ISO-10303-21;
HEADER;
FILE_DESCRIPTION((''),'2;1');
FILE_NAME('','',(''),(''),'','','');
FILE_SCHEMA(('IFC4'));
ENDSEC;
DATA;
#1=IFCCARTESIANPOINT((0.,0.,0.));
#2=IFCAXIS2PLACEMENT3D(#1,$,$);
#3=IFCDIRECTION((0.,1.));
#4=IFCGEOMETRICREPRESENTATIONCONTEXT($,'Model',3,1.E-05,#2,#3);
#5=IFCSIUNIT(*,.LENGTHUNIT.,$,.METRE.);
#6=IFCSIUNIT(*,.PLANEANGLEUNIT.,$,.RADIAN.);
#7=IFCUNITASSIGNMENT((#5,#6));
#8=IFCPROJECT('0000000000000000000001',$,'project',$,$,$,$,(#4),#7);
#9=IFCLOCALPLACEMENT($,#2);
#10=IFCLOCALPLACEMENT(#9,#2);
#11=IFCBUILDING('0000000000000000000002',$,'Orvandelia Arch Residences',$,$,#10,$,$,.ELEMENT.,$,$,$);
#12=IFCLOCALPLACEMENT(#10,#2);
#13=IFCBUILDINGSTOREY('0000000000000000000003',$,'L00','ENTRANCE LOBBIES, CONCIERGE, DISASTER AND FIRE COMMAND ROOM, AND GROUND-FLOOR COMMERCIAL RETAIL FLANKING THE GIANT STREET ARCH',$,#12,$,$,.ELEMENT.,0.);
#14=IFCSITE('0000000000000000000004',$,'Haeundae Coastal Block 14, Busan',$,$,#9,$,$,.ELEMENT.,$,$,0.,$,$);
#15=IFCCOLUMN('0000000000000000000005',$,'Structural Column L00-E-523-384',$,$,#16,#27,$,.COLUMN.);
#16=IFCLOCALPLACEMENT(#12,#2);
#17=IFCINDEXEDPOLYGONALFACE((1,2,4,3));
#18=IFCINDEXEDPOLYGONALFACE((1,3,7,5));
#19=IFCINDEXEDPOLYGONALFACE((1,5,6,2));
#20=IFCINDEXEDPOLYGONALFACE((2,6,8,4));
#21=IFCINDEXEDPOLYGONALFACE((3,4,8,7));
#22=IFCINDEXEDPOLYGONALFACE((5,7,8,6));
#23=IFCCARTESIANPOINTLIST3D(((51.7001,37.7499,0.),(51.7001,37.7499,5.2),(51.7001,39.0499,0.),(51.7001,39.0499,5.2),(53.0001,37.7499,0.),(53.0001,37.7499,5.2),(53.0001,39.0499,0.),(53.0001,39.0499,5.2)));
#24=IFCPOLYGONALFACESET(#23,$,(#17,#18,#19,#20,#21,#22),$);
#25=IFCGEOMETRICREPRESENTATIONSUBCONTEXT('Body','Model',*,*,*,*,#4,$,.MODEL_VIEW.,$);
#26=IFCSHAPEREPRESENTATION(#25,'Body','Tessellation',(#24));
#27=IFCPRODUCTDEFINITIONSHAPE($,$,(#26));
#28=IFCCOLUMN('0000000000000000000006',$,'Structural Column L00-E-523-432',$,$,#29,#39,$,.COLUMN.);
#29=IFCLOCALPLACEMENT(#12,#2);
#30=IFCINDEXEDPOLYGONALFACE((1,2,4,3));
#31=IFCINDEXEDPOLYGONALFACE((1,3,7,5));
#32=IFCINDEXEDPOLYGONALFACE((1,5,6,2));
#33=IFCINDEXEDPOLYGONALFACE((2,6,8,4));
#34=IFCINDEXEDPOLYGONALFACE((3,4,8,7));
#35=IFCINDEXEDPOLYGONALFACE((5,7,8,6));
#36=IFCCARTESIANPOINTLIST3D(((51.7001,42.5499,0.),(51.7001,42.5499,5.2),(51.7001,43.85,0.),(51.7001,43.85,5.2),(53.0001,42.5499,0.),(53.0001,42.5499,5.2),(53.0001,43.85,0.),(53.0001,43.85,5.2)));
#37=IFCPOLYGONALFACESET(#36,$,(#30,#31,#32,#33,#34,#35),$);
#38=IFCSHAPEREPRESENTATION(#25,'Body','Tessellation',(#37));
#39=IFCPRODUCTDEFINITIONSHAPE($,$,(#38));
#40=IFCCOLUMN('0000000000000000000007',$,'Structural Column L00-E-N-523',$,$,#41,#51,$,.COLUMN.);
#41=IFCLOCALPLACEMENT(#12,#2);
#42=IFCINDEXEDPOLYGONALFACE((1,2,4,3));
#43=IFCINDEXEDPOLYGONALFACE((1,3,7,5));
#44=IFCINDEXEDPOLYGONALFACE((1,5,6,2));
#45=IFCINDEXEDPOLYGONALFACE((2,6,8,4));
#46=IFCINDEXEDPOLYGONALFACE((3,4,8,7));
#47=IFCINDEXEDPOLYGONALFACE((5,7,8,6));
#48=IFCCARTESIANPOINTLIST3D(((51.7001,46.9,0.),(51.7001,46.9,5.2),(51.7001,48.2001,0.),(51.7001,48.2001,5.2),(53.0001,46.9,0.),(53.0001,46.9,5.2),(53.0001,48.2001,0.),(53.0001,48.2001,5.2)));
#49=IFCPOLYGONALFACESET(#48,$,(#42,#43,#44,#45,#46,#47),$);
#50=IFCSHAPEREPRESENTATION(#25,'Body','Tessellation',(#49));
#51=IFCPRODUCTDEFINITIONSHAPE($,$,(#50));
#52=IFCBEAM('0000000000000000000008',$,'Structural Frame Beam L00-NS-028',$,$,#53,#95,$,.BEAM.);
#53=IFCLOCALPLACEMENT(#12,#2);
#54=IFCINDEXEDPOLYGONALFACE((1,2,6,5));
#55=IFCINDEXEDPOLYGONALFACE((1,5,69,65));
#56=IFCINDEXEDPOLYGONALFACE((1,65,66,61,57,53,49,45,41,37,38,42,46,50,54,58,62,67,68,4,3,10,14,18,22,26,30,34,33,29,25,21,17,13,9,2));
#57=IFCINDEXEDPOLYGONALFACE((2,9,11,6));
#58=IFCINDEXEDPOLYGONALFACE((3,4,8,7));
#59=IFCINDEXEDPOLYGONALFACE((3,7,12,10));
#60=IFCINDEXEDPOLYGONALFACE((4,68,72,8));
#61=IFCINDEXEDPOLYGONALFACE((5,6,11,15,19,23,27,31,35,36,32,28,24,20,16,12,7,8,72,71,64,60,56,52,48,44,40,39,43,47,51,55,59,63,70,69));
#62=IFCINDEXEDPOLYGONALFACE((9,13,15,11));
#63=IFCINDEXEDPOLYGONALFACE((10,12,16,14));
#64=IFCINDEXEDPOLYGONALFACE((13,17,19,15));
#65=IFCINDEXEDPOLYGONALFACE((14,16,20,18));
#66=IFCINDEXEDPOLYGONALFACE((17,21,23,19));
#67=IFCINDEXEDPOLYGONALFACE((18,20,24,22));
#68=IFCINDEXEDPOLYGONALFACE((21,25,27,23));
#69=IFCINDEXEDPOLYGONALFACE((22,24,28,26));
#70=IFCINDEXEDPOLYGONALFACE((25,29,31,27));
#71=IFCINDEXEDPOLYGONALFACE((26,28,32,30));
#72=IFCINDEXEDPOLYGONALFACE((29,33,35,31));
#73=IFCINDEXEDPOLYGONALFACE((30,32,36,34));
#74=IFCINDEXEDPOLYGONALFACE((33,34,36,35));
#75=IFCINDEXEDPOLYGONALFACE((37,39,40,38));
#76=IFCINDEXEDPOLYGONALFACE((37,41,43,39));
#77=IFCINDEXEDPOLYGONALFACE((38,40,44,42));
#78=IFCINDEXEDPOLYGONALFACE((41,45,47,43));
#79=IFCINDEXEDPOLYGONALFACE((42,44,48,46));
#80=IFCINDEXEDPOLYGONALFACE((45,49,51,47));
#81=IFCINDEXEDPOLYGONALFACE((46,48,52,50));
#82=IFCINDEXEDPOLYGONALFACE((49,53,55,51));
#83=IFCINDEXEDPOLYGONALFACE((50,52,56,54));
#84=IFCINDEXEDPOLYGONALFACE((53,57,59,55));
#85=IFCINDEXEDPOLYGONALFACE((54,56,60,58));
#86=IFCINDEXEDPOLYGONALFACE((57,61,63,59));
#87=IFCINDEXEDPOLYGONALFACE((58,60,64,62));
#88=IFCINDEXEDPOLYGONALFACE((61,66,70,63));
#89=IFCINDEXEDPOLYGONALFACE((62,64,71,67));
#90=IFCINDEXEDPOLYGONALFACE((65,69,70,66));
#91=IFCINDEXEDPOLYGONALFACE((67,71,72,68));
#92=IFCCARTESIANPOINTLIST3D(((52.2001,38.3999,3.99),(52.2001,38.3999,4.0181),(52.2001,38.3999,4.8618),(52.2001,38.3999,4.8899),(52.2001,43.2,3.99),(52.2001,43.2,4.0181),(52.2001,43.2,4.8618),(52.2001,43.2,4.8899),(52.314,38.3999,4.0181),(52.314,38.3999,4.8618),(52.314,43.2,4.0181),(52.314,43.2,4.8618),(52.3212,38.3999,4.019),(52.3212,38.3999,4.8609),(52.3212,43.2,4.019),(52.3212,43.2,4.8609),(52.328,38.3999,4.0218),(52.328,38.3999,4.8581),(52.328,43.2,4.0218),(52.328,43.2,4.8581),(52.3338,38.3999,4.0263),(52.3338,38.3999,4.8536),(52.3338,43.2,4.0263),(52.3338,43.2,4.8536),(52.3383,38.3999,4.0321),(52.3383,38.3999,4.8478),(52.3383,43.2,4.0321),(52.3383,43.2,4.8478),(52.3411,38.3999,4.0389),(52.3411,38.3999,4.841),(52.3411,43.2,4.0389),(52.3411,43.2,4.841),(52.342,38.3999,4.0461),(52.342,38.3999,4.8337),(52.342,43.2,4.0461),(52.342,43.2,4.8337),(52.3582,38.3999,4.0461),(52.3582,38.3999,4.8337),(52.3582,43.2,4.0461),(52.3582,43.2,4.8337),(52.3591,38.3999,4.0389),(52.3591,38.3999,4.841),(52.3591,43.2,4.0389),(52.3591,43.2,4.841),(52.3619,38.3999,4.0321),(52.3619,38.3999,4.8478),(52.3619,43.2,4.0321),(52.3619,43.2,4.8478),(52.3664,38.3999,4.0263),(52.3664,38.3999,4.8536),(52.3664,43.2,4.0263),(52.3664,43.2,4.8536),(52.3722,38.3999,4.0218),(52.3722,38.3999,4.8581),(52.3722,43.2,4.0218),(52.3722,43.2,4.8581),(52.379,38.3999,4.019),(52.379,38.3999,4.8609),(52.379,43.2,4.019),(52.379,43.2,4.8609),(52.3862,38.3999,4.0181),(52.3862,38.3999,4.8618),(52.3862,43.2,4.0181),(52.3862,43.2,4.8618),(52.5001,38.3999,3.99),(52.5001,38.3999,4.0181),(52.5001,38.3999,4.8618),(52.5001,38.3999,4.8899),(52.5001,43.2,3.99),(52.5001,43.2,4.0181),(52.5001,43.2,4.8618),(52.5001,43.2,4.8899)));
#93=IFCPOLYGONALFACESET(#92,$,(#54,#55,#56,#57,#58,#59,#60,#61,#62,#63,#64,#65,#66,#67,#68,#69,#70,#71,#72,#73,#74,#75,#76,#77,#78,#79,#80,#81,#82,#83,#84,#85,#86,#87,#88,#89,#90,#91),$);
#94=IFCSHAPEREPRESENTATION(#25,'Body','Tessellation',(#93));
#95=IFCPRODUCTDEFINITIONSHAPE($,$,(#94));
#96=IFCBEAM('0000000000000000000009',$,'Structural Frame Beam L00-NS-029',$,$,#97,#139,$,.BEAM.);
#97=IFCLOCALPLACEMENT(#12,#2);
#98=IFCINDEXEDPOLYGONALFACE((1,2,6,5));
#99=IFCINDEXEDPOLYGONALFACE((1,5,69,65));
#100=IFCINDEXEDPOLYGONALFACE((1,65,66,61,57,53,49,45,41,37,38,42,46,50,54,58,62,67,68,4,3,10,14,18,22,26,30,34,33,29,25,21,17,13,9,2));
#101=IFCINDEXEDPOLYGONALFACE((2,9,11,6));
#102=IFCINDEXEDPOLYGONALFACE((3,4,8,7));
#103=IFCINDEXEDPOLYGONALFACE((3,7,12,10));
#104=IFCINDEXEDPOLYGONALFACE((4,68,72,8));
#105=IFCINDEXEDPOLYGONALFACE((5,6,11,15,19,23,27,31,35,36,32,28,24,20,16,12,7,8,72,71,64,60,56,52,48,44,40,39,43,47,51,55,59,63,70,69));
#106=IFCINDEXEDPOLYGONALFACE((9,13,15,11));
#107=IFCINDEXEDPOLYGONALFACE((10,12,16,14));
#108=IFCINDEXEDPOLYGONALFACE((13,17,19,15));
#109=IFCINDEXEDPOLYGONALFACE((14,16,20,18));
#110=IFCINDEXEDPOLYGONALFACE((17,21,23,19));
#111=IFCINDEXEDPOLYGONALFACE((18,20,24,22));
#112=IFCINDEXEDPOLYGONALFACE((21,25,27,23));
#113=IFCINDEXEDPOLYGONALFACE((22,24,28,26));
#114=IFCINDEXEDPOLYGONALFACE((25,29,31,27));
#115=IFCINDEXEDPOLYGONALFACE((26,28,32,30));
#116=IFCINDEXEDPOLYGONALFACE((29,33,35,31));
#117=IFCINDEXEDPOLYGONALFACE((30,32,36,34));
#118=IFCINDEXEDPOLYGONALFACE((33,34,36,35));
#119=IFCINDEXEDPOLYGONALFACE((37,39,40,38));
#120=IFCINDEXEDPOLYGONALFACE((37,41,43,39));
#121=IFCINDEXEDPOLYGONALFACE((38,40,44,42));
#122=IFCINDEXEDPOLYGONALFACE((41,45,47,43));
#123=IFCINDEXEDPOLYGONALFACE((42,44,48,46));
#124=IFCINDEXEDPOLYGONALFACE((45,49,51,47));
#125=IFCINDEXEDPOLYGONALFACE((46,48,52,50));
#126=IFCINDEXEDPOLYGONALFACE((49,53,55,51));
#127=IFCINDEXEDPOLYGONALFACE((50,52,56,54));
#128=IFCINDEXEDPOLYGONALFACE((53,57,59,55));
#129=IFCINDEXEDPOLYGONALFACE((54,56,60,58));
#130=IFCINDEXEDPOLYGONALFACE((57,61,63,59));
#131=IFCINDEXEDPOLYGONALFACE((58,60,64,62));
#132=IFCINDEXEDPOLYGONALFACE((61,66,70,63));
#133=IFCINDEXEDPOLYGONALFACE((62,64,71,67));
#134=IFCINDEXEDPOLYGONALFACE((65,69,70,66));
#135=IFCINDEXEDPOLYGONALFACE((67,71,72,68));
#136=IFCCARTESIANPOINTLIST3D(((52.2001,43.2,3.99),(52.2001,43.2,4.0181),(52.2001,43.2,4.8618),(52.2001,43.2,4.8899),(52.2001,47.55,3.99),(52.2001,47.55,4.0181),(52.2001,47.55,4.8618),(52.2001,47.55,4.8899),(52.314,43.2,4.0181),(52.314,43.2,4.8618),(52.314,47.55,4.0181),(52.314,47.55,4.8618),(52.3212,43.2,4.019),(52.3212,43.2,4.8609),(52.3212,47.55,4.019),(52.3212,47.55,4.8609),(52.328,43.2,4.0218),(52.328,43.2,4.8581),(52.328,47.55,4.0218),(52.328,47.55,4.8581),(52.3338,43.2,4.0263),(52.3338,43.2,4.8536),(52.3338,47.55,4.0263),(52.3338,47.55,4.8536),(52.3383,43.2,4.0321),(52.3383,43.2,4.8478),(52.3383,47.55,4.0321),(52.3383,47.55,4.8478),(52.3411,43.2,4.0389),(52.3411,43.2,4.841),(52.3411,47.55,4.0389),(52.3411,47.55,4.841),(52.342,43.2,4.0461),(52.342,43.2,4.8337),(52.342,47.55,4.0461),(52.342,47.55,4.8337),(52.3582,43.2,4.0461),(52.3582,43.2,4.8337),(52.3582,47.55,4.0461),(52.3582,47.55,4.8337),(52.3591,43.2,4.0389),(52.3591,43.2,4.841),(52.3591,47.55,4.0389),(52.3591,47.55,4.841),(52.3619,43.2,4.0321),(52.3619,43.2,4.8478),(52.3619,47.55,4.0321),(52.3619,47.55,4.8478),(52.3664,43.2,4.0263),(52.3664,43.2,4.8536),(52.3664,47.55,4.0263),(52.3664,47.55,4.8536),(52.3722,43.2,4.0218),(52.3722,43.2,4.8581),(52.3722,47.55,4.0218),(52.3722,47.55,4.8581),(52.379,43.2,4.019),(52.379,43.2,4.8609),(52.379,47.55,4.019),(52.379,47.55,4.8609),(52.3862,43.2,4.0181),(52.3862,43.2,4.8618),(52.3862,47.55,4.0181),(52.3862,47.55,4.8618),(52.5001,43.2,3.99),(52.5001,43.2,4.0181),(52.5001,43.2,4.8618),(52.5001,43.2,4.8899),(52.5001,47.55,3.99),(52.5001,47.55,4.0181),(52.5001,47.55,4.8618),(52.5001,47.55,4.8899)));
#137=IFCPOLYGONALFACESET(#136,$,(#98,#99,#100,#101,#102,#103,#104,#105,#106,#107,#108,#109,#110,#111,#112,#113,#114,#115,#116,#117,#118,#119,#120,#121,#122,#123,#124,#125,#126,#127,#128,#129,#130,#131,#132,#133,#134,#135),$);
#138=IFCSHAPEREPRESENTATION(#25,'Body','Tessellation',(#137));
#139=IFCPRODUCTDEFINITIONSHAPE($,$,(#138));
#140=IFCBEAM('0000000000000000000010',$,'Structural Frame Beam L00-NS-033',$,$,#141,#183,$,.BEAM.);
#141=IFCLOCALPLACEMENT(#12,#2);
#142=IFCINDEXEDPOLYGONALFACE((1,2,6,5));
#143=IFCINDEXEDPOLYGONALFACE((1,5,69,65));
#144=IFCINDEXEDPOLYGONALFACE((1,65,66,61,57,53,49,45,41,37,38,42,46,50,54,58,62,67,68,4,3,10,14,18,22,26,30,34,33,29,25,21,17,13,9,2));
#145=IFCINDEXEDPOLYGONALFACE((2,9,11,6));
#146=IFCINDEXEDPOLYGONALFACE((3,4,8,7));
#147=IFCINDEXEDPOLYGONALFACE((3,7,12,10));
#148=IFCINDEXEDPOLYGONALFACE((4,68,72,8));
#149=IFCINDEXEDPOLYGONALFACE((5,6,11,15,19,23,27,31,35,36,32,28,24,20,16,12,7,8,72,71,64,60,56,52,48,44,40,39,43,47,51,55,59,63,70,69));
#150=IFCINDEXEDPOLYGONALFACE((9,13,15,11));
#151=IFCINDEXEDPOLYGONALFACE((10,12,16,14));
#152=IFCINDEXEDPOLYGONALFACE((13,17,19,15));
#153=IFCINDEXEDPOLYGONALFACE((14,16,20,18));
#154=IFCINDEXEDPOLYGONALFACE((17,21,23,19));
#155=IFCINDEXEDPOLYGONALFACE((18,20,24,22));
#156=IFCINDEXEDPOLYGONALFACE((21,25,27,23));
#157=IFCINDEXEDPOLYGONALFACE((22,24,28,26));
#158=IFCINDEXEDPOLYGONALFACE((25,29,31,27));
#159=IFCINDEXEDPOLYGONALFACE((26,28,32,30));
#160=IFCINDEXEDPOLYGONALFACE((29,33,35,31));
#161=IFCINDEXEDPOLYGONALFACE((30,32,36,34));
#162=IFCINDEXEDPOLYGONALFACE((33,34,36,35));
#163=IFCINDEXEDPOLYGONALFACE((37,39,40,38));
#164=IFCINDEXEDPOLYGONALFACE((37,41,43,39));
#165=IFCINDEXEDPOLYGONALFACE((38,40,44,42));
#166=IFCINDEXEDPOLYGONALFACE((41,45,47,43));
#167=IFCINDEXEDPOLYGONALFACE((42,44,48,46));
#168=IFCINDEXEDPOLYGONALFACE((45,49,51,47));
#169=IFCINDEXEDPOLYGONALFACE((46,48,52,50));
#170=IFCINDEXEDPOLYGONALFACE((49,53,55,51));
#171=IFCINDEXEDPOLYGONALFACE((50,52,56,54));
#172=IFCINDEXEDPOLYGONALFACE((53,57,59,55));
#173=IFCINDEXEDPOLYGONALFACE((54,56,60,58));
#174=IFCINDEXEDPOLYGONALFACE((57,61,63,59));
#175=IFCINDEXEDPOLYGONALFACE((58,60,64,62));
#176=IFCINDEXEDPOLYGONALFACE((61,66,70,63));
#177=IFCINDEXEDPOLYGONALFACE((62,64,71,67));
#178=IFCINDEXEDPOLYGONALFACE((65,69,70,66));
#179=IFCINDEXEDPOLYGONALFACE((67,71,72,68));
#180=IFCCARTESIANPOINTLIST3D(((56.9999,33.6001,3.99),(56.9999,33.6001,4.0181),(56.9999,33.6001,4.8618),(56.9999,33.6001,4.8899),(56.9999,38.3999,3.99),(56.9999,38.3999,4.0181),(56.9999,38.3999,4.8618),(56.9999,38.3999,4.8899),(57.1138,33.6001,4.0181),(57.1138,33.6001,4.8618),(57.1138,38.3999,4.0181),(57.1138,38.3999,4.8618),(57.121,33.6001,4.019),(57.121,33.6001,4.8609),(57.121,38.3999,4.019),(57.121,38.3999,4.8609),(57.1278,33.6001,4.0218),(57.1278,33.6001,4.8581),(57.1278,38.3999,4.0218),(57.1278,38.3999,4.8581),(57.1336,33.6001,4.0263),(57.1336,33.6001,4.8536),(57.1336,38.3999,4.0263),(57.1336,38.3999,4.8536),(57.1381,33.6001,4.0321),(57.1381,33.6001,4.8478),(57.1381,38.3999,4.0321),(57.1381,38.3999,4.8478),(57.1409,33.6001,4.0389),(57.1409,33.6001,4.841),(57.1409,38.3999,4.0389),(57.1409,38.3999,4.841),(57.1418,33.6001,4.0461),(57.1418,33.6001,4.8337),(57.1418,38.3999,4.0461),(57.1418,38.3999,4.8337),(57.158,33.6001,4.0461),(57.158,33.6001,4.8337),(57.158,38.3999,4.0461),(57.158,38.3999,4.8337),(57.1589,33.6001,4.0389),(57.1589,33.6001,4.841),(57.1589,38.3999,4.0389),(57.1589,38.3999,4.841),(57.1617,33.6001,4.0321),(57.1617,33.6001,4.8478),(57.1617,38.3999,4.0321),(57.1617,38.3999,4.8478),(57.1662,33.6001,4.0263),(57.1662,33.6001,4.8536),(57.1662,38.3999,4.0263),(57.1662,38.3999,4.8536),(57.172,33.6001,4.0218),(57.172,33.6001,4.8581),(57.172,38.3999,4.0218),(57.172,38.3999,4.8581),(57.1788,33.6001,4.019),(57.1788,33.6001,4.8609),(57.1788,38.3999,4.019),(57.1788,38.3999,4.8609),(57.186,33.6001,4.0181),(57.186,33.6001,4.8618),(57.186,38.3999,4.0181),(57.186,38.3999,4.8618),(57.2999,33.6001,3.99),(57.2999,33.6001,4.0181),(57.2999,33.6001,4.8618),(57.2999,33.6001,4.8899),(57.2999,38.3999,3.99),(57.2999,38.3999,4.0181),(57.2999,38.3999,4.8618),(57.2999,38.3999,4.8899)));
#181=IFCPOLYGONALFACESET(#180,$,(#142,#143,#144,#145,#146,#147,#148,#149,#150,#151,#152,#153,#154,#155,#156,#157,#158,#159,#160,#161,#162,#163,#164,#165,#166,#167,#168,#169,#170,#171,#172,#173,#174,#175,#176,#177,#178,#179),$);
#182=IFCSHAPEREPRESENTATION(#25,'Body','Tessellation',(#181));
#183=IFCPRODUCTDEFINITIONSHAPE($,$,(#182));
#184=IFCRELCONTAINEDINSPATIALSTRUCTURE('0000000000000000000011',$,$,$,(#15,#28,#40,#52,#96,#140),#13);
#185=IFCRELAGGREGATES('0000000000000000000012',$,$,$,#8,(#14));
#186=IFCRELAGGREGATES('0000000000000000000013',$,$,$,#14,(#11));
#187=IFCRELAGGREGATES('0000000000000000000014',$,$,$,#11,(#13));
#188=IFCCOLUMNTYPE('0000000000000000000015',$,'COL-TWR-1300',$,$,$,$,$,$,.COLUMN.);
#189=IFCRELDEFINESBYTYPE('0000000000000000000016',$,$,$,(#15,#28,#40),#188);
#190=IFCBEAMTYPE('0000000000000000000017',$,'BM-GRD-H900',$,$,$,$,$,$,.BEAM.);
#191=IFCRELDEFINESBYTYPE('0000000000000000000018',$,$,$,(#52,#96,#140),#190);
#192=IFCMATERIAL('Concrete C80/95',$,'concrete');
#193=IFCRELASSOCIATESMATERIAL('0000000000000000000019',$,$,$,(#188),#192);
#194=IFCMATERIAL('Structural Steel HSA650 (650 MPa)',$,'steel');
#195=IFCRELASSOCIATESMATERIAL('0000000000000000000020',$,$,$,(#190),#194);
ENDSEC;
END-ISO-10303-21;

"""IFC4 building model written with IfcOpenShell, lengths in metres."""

from ifc_helpers import new_model, si_unit, direction, frame, origin, origin_2d, place, context, subcontext, project, spatial, rectangle, i_section, extrude, material, material_profile, profile_set, type_object, element, save


model = new_model("IFC4")

# Units and contexts
model_context = context("Model", 3, precision=1e-05, world=origin(), true_north=direction((0.0, 1.0)))
body_context = subcontext(model_context, "Body", "Model", "MODEL_VIEW")
ifc_project = project(units=[si_unit("LENGTHUNIT", "METRE"), si_unit("PLANEANGLEUNIT", "RADIAN")], contexts=[model_context])

# Site, building, storey
site_placement = place(None, origin())
site = spatial("IfcSite", under=ifc_project, at=site_placement, Name="Haeundae Coastal Block 14, Busan", CompositionType="ELEMENT", RefElevation=0.0)
building_placement = place(site_placement, origin())
building = spatial("IfcBuilding", under=site, at=building_placement, Name="Orvandelia Arch Residences", CompositionType="ELEMENT")
storey_placement = place(building_placement, origin())
storey = spatial("IfcBuildingStorey", under=building, at=storey_placement, Name="L00", Description="ENTRANCE LOBBIES, CONCIERGE, DISASTER AND FIRE COMMAND ROOM, AND GROUND-FLOOR COMMERCIAL RETAIL FLANKING THE GIANT STREET ARCH", CompositionType="ELEMENT", Elevation=0.0)

# Columns
ifc_material_1 = material(Name="Concrete C80/95", Category="concrete")
ifc_material_profile_1 = material_profile(ifc_material_1, rectangle(XDim=1.3, YDim=1.3, at=origin_2d()), Name="Concrete C80/95", Category="concrete")
ifc_profile_set_1 = profile_set([ifc_material_profile_1], Name="Concrete C80/95")
column_type_1 = type_object("IfcColumnType", Name="COL-TWR-1300", PredefinedType="COLUMN", material=ifc_profile_set_1)
for number, where, z_axis, x_axis, name in (
    (1, (52.3501, 38.3999, 0.0), (0.0, 0.0, 1.0), (1.0, 0.0, 0.0), "Structural Column L00-E-523-384"),
    (2, (52.3501, 43.2, 0.0), (0.0, 0.0, 1.0), (1.0, 0.0, 0.0), "Structural Column L00-E-523-432"),
    (3, (52.3501, 47.55, 0.0), (0.0, 0.0, 1.0), (1.0, 0.0, 0.0), "Structural Column L00-E-N-523"),
):
    element("IfcColumn", number, at=place(storey_placement, frame(where, z_axis=z_axis, x_axis=x_axis)), inside=storey, type_object=column_type_1, Name=name, PredefinedType="COLUMN", context=body_context, shape_type="SweptSolid", body=[
        extrude(rectangle(XDim=1.3, YDim=1.3, at=origin_2d()), origin(), (0.0, 0.0, 1.0), 5.2),
    ])

# Beams
ifc_material_2 = material(Name="Structural Steel HSA650 (650 MPa)", Category="steel")
ifc_material_profile_2 = material_profile(ifc_material_2, i_section(OverallWidth=0.3, OverallDepth=0.8999, WebThickness=0.0161, FlangeThickness=0.0281, FilletRadius=0.0281, at=origin_2d()), Name="Structural Steel HSA650 (650 MPa)", Category="steel")
ifc_profile_set_2 = profile_set([ifc_material_profile_2], Name="Structural Steel HSA650 (650 MPa)")
beam_type = type_object("IfcBeamType", Name="BM-GRD-H900", PredefinedType="BEAM", material=ifc_profile_set_2)
beam_1_placement = place(storey_placement, frame((52.3501, 38.3999, 4.4399), z_axis=(0.0, 1.0, 0.0), x_axis=(-1.0, 0.0, 0.0)))
element("IfcBeam", 4, at=beam_1_placement, inside=storey, type_object=beam_type, Name="Structural Frame Beam L00-NS-028", PredefinedType="BEAM", context=body_context, shape_type="SweptSolid", body=[
    extrude(i_section(OverallWidth=0.3, OverallDepth=0.8999, WebThickness=0.0161, FlangeThickness=0.0281, FilletRadius=0.0281, at=origin_2d()), origin(), (0.0, 0.0, 1.0), 4.8),
])
beam_2_placement = place(storey_placement, frame((52.3501, 43.2, 4.4399), z_axis=(0.0, 1.0, 0.0), x_axis=(-1.0, 0.0, 0.0)))
element("IfcBeam", 5, at=beam_2_placement, inside=storey, type_object=beam_type, Name="Structural Frame Beam L00-NS-029", PredefinedType="BEAM", context=body_context, shape_type="SweptSolid", body=[
    extrude(i_section(OverallWidth=0.3, OverallDepth=0.8999, WebThickness=0.0161, FlangeThickness=0.0281, FilletRadius=0.0281, at=origin_2d()), origin(), (0.0, 0.0, 1.0), 4.3501),
])
beam_3_placement = place(storey_placement, frame((57.1499, 33.6001, 4.4399), z_axis=(0.0, 1.0, 0.0), x_axis=(-1.0, 0.0, 0.0)))
element("IfcBeam", 6, at=beam_3_placement, inside=storey, type_object=beam_type, Name="Structural Frame Beam L00-NS-033", PredefinedType="BEAM", context=body_context, shape_type="SweptSolid", body=[
    extrude(i_section(OverallWidth=0.3, OverallDepth=0.8999, WebThickness=0.0161, FlangeThickness=0.0281, FilletRadius=0.0281, at=origin_2d()), origin(), (0.0, 0.0, 1.0), 4.7998),
])

save(model, "model.ifc")
